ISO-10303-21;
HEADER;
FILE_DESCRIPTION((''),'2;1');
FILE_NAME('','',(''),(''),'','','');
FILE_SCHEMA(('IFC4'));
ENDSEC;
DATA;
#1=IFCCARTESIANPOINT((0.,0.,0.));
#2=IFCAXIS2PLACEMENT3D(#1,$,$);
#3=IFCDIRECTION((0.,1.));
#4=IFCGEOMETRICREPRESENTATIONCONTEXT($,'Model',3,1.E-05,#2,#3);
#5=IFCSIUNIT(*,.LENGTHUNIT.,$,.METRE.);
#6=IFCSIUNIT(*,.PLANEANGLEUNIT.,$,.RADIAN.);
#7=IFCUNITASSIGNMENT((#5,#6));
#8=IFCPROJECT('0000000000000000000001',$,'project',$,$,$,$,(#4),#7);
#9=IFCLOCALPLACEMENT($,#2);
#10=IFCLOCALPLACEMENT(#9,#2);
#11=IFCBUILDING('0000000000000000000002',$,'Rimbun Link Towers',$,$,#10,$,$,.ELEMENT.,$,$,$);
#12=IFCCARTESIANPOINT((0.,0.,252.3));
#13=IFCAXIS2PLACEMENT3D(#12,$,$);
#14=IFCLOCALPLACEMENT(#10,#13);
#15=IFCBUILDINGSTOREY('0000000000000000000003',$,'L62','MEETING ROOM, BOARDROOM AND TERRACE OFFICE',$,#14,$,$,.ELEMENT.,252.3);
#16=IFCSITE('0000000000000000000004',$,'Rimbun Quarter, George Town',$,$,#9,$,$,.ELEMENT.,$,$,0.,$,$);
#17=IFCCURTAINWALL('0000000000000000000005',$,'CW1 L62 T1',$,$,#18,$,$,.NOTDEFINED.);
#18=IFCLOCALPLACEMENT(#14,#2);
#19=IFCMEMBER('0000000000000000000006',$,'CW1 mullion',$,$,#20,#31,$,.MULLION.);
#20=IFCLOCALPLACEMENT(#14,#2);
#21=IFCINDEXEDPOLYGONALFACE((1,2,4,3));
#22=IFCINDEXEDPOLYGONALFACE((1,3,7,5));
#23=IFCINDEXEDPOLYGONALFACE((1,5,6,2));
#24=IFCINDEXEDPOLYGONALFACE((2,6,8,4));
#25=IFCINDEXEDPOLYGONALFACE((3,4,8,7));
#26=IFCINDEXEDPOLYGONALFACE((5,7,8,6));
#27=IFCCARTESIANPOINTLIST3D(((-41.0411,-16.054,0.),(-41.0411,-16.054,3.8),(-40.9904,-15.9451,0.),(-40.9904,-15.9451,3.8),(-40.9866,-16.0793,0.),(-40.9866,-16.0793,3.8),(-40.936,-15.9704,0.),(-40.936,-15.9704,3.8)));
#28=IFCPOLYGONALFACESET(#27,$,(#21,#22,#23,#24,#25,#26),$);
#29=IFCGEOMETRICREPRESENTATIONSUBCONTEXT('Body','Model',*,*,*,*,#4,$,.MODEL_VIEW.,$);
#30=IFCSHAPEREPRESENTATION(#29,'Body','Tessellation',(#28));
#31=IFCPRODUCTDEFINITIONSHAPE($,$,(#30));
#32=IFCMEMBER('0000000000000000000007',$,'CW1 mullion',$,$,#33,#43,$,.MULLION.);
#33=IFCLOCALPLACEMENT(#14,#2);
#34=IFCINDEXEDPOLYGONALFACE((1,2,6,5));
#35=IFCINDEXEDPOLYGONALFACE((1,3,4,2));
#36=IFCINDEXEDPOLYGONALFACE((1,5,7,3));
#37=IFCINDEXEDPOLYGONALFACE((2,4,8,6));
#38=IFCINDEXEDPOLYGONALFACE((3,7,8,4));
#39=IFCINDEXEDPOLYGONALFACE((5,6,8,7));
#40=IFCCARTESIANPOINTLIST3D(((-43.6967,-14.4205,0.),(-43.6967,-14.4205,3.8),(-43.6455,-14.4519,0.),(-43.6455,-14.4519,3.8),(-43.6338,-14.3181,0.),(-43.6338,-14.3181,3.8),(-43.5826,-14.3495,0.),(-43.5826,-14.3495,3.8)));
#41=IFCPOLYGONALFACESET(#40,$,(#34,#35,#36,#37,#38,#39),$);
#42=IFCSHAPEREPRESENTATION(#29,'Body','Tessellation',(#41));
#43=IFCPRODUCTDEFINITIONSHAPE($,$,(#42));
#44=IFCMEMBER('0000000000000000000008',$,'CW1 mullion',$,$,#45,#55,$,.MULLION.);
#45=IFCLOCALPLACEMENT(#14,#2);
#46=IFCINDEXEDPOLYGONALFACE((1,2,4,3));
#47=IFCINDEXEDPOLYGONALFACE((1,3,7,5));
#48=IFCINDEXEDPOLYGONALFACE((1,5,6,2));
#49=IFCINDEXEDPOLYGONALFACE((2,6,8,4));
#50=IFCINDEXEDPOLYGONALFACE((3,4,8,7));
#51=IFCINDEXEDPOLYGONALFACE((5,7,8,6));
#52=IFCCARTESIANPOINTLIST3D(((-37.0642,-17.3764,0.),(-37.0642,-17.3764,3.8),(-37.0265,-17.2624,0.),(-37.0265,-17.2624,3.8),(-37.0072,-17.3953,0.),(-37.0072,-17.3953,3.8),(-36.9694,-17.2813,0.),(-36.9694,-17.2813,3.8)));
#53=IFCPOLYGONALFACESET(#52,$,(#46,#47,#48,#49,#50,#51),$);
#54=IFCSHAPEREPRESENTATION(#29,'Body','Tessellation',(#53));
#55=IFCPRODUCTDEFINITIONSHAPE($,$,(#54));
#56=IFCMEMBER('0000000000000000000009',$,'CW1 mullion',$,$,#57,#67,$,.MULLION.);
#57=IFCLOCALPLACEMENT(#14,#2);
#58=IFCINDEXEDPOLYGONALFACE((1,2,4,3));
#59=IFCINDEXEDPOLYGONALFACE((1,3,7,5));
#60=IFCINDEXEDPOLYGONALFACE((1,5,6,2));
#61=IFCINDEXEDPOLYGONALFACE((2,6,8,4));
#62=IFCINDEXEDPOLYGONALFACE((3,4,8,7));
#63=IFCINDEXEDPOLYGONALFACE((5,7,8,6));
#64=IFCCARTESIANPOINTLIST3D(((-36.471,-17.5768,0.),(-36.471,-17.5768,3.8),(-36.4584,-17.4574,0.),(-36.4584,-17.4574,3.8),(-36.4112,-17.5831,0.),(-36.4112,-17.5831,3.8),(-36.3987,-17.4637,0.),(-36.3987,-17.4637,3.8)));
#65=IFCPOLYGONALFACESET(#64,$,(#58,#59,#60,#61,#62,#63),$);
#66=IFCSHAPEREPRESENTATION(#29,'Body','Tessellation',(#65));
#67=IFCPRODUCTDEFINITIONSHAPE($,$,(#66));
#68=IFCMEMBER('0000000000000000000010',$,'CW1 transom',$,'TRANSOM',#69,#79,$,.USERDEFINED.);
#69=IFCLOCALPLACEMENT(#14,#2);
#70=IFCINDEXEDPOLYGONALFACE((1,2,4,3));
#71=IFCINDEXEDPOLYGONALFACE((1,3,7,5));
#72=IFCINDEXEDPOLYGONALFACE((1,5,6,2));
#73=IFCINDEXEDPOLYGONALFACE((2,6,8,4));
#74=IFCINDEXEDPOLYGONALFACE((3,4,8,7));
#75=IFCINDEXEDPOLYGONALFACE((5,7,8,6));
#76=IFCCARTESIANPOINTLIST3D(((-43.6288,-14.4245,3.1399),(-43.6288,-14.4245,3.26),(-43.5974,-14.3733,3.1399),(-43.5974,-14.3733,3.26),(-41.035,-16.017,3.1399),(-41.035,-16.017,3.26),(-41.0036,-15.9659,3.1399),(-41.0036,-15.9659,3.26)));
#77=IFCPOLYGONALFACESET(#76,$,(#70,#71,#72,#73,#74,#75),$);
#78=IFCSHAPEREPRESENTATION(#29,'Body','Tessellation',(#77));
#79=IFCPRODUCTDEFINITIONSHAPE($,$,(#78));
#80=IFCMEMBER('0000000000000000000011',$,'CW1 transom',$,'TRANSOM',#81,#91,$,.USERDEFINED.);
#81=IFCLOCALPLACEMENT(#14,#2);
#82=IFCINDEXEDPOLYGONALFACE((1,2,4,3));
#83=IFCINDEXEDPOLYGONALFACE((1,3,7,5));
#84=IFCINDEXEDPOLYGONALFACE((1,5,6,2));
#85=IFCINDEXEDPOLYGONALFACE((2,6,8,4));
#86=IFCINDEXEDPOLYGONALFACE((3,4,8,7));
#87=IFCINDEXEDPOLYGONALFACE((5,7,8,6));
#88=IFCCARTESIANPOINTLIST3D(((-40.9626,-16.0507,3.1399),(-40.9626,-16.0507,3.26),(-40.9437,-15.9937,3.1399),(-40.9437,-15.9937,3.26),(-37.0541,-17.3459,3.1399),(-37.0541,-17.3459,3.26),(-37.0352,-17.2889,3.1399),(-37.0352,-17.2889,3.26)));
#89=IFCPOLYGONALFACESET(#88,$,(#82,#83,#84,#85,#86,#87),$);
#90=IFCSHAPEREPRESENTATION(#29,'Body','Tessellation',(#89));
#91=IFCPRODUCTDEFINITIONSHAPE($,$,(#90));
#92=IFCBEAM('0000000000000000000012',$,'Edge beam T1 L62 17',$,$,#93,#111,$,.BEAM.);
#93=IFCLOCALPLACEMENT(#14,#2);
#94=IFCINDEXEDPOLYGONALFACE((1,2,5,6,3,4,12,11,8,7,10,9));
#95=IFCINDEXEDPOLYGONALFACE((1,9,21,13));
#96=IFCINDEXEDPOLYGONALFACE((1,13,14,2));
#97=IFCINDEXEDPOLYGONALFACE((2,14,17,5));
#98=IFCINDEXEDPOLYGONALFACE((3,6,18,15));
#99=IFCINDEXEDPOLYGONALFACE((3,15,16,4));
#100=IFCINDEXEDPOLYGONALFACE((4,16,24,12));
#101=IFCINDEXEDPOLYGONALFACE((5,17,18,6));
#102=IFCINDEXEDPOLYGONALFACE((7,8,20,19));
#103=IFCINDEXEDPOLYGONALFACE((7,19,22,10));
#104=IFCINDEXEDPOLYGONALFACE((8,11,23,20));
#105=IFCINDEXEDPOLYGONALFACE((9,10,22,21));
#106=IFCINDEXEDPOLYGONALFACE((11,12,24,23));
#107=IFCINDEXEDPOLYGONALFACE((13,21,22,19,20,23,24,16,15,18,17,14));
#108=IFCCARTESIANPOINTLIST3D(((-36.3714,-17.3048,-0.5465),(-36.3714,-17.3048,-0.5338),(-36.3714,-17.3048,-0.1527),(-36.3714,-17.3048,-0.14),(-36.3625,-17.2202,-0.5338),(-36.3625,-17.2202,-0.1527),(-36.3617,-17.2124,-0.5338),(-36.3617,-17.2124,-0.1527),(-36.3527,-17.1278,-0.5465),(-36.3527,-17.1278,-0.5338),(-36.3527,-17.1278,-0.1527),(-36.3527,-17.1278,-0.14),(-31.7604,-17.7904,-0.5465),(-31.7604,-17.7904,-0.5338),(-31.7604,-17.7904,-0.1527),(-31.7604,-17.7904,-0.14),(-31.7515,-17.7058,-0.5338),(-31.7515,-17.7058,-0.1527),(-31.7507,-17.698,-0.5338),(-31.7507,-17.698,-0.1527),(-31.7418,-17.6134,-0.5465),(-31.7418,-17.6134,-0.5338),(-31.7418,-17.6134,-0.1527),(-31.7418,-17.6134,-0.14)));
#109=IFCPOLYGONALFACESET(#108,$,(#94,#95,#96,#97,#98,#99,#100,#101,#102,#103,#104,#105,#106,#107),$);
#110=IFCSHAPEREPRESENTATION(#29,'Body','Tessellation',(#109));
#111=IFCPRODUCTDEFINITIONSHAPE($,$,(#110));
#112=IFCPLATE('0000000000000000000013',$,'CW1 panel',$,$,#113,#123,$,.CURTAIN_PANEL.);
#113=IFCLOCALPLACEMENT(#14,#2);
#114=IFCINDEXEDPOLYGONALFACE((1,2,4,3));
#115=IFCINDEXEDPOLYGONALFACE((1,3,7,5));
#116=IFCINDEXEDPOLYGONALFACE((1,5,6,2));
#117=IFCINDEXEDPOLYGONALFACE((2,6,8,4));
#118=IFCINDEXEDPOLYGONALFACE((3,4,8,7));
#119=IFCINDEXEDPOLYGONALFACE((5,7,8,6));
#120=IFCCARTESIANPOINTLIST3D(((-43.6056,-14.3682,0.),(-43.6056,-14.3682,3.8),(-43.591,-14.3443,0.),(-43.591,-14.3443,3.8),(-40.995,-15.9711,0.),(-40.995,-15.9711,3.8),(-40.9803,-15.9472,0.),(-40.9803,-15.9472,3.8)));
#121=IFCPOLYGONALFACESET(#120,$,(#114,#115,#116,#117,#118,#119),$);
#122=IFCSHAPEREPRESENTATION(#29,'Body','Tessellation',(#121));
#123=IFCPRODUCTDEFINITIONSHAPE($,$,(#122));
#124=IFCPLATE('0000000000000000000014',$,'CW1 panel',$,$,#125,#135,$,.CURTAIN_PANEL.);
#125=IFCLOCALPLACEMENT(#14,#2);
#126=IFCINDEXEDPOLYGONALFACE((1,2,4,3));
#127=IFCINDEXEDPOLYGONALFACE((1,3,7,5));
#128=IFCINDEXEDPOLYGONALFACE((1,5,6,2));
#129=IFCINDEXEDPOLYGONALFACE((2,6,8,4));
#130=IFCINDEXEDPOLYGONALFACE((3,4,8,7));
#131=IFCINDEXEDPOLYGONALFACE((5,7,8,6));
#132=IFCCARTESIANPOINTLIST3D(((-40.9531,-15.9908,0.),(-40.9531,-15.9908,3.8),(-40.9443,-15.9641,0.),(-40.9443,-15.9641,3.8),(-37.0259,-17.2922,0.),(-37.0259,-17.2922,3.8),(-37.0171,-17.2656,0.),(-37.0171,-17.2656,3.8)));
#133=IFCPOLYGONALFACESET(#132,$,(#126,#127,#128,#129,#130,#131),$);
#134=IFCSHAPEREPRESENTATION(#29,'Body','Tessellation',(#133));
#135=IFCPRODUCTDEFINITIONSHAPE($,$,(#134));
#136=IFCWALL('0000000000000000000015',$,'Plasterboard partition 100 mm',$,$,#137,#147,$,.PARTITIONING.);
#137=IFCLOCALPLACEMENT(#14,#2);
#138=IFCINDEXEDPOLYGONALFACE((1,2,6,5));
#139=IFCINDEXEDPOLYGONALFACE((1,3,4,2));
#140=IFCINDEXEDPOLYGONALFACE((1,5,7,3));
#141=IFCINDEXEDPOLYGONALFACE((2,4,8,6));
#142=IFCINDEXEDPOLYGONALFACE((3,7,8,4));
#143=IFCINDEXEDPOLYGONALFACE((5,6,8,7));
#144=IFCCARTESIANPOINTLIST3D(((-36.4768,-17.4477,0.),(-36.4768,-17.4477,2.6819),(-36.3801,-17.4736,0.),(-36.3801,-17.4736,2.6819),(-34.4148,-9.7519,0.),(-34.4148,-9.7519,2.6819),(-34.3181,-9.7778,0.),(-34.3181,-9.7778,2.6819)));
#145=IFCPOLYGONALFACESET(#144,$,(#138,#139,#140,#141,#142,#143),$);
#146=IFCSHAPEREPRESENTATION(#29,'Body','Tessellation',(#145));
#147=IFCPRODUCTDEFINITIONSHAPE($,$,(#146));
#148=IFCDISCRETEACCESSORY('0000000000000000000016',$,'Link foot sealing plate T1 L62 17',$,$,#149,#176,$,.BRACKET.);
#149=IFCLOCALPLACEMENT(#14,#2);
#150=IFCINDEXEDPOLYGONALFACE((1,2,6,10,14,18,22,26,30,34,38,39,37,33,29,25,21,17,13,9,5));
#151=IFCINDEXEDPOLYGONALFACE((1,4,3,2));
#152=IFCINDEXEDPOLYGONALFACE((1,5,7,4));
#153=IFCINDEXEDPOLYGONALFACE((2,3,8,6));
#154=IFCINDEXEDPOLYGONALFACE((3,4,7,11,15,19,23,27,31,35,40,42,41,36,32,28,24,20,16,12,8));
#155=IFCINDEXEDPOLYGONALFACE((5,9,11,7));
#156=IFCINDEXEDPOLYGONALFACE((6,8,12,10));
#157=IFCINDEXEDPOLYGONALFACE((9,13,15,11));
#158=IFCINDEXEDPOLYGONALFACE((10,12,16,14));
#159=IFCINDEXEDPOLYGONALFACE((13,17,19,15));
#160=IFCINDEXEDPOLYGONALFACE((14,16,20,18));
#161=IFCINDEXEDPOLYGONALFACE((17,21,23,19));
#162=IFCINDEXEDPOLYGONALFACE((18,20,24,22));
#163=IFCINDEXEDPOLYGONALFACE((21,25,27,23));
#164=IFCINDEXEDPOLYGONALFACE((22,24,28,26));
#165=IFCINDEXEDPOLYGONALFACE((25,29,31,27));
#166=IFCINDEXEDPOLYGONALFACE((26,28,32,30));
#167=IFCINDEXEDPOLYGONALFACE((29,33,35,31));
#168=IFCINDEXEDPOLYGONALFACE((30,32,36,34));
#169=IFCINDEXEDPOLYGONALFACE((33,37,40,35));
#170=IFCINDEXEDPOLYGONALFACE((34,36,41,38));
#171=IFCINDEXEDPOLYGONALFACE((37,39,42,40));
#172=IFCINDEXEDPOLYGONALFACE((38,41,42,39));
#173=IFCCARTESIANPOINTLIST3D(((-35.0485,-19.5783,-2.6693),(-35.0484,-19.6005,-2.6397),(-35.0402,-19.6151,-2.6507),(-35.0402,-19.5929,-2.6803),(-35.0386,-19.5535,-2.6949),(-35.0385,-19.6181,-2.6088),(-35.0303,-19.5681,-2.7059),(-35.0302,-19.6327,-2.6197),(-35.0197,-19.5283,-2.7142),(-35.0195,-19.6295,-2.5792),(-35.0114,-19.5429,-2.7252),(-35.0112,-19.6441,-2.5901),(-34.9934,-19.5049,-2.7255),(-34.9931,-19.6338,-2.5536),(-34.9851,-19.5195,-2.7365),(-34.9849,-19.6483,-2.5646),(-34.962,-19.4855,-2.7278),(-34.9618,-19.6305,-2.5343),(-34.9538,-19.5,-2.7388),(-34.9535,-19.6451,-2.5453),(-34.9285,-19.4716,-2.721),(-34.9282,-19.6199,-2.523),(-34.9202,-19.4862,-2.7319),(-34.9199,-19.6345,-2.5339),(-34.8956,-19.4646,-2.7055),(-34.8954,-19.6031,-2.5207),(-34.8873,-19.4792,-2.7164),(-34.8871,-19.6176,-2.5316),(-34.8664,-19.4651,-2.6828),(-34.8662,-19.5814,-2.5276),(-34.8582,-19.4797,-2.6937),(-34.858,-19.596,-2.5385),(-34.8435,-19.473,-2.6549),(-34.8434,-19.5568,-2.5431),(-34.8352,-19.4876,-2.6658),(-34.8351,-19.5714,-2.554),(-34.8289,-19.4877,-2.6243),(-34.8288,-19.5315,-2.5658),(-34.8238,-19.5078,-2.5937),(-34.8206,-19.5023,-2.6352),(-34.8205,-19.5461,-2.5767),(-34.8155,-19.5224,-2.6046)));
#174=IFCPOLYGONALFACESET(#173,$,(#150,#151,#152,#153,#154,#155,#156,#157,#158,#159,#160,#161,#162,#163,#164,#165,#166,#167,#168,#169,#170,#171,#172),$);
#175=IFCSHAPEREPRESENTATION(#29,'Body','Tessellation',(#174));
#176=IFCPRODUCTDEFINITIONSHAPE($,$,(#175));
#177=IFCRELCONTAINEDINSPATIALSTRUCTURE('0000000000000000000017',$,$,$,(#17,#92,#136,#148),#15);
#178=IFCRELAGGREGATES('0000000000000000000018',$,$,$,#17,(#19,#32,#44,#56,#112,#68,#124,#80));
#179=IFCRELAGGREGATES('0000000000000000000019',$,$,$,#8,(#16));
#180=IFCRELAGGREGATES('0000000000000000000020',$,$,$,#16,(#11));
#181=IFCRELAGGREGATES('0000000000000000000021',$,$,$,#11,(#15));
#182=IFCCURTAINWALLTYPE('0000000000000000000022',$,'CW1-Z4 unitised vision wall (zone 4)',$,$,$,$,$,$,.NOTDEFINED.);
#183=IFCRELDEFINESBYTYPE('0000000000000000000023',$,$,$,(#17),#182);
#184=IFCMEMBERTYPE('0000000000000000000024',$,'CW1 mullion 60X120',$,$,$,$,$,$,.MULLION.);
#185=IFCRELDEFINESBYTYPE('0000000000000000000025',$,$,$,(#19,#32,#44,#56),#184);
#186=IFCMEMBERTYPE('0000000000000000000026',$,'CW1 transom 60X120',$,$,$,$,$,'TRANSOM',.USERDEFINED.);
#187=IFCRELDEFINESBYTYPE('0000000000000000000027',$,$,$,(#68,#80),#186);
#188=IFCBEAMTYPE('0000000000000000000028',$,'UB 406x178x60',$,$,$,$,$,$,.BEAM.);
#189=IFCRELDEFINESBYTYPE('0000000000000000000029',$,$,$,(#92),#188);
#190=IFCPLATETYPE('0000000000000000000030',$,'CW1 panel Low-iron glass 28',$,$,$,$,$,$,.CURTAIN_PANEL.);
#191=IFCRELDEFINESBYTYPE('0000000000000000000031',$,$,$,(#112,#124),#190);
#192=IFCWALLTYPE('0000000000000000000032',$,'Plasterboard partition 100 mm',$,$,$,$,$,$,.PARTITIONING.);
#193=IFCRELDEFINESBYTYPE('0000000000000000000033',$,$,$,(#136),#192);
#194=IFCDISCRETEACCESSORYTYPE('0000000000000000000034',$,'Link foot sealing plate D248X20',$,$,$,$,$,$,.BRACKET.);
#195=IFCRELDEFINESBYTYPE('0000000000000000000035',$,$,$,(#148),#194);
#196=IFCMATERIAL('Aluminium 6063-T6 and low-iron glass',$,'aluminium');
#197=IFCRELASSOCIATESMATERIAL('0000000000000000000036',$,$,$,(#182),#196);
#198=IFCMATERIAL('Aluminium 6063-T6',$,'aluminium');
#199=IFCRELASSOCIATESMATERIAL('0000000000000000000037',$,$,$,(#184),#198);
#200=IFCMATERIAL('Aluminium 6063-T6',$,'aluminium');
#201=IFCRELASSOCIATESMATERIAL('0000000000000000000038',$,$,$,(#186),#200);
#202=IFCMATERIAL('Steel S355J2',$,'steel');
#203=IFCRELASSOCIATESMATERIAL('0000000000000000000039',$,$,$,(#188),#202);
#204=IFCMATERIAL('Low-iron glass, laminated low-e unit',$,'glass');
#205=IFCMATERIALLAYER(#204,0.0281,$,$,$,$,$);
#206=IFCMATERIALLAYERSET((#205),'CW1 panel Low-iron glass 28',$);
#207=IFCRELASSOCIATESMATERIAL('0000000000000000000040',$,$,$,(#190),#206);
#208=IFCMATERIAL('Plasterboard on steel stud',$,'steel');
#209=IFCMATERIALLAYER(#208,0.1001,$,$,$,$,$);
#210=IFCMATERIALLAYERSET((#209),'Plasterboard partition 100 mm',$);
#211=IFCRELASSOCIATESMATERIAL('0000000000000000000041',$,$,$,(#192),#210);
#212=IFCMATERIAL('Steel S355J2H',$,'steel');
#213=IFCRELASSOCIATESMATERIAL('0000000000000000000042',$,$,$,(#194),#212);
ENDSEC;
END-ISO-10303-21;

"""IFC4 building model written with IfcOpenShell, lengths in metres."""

from ifc_helpers import new_model, si_unit, direction, frame, frame_2d, origin, origin_2d, place, context, subcontext, project, spatial, rectangle, circle, i_section, extrude, material, layer, layer_set, material_profile, profile_set, type_object, element, aggregate, save


model = new_model("IFC4")

# Units and contexts
model_context = context("Model", 3, precision=1e-05, world=origin(), true_north=direction((0.0, 1.0)))
body_context = subcontext(model_context, "Body", "Model", "MODEL_VIEW")
ifc_project = project(units=[si_unit("LENGTHUNIT", "METRE"), si_unit("PLANEANGLEUNIT", "RADIAN")], contexts=[model_context])

# Site, building, storey
site_placement = place(None, origin())
site = spatial("IfcSite", under=ifc_project, at=site_placement, Name="Rimbun Quarter, George Town", CompositionType="ELEMENT", RefElevation=0.0)
building_placement = place(site_placement, origin())
building = spatial("IfcBuilding", under=site, at=building_placement, Name="Rimbun Link Towers", CompositionType="ELEMENT")
storey_placement = place(building_placement, frame((0.0, 0.0, 252.3)))
storey = spatial("IfcBuildingStorey", under=building, at=storey_placement, Name="L62", Description="MEETING ROOM, BOARDROOM AND TERRACE OFFICE", CompositionType="ELEMENT", Elevation=252.3)

# Curtain wall, members
ifc_material_1 = material(Name="Aluminium 6063-T6 and low-iron glass", Category="aluminium")
curtain_wall_type = type_object("IfcCurtainWallType", Name="CW1-Z4 unitised vision wall (zone 4)", PredefinedType="NOTDEFINED", material=ifc_material_1)
curtain_wall_placement = place(storey_placement, origin())
curtain_wall = element("IfcCurtainWall", 1, at=curtain_wall_placement, inside=storey, type_object=curtain_wall_type, Name="CW1 L62 T1", PredefinedType="NOTDEFINED")
ifc_material_2 = material(Name="Aluminium 6063-T6", Category="aluminium")
ifc_material_profile_1 = material_profile(ifc_material_2, rectangle(XDim=0.1201, YDim=0.0601, at=origin_2d()), Name="MULLION 60X120")
ifc_profile_set_1 = profile_set([ifc_material_profile_1], Name="Aluminium 6063-T6")
member_type_1 = type_object("IfcMemberType", Name="CW1 mullion 60X120", PredefinedType="MULLION", material=ifc_profile_set_1)
member_1_placement = place(storey_placement, frame((-40.9885, -16.0122, 0.0), z_axis=(0.0, 0.0, 1.0), x_axis=(-0.4217, -0.906735, 0.0)))
member_1 = element("IfcMember", 2, at=member_1_placement, type_object=member_type_1, Name="CW1 mullion", PredefinedType="MULLION", context=body_context, shape_type="SweptSolid", body=[
    extrude(rectangle(XDim=0.1201, YDim=0.0601, at=origin_2d()), origin(), (0.0, 0.0, 1.0), 3.8),
])
member_2_placement = place(storey_placement, frame((-43.6396, -14.385, 0.0), z_axis=(0.0, 0.0, 1.0), x_axis=(-0.523229, -0.852192, 0.0)))
member_2 = element("IfcMember", 3, at=member_2_placement, type_object=member_type_1, Name="CW1 mullion", PredefinedType="MULLION", context=body_context, shape_type="SweptSolid", body=[
    extrude(rectangle(XDim=0.1201, YDim=0.0601, at=origin_2d()), origin(), (0.0, 0.0, 1.0), 3.8),
])
member_3_placement = place(storey_placement, frame((-37.0168, -17.3289, 0.0), z_axis=(0.0, 0.0, 1.0), x_axis=(-0.314569, -0.949234, 0.0)))
member_3 = element("IfcMember", 4, at=member_3_placement, type_object=member_type_1, Name="CW1 mullion", PredefinedType="MULLION", context=body_context, shape_type="SweptSolid", body=[
    extrude(rectangle(XDim=0.1201, YDim=0.0601, at=origin_2d()), origin(), (0.0, 0.0, 1.0), 3.8),
])
member_4_placement = place(storey_placement, frame((-36.4348, -17.5203, 0.0), z_axis=(0.0, 0.0, 1.0), x_axis=(-0.104732, -0.9945, 0.0)))
member_4 = element("IfcMember", 5, at=member_4_placement, type_object=member_type_1, Name="CW1 mullion", PredefinedType="MULLION", context=body_context, shape_type="SweptSolid", body=[
    extrude(rectangle(XDim=0.1201, YDim=0.0601, at=origin_2d()), origin(), (0.0, 0.0, 1.0), 3.8),
])
ifc_material_3 = material(Name="Aluminium 6063-T6", Category="aluminium")
ifc_material_profile_2 = material_profile(ifc_material_3, rectangle(XDim=0.0601, YDim=0.1201, at=origin_2d()), Name="TRANSOM 60X120")
ifc_profile_set_2 = profile_set([ifc_material_profile_2], Name="Aluminium 6063-T6")
member_type_2 = type_object("IfcMemberType", Name="CW1 transom 60X120", ElementType="TRANSOM", PredefinedType="USERDEFINED", material=ifc_profile_set_2)
member_5_placement = place(storey_placement, frame((-41.0193, -15.9915, 3.2), z_axis=(-0.852189, 0.523233, 0.0), x_axis=(-0.523233, -0.852189, 0.0)))
member_5 = element("IfcMember", 6, at=member_5_placement, type_object=member_type_2, Name="CW1 transom", ObjectType="TRANSOM", PredefinedType="USERDEFINED", context=body_context, shape_type="SweptSolid", body=[
    extrude(rectangle(XDim=0.0601, YDim=0.1201, at=origin_2d()), origin(), (0.0, 0.0, 1.0), 3.0437),
])
member_6_placement = place(storey_placement, frame((-37.0447, -17.3174, 3.2), z_axis=(-0.949239, 0.314555, 0.0), x_axis=(-0.314555, -0.949239, 0.0)))
member_6 = element("IfcMember", 7, at=member_6_placement, type_object=member_type_2, Name="CW1 transom", ObjectType="TRANSOM", PredefinedType="USERDEFINED", context=body_context, shape_type="SweptSolid", body=[
    extrude(rectangle(XDim=0.0601, YDim=0.1201, at=origin_2d()), origin(), (0.0, 0.0, 1.0), 4.1174),
])

# Beam
ifc_material_4 = material(Name="Steel S355J2", Category="steel")
ifc_material_profile_3 = material_profile(ifc_material_4, i_section(OverallWidth=0.178, OverallDepth=0.4065, WebThickness=0.0078, FlangeThickness=0.0127, at=origin_2d()), Name="UB 406x178x60")
ifc_profile_set_3 = profile_set([ifc_material_profile_3], Name="Steel S355J2")
beam_type = type_object("IfcBeamType", Name="UB 406x178x60", PredefinedType="BEAM", material=ifc_profile_set_3)
beam_placement = place(storey_placement, frame((-36.3621, -17.2163, -0.3433), z_axis=(0.994501, -0.104731, 0.0), x_axis=(0.104731, 0.994501, 0.0)))
element("IfcBeam", 8, at=beam_placement, inside=storey, type_object=beam_type, Name="Edge beam T1 L62 17", PredefinedType="BEAM", context=body_context, shape_type="SweptSolid", body=[
    extrude(i_section(OverallWidth=0.178, OverallDepth=0.4065, WebThickness=0.0078, FlangeThickness=0.0127, at=origin_2d()), origin(), (0.0, 0.0, 1.0), 4.6365),
])

# Plates
ifc_material_5 = material(Name="Low-iron glass, laminated low-e unit", Category="glass")
ifc_layer_1 = layer(ifc_material_5, 0.0281)
ifc_layer_set_1 = layer_set([ifc_layer_1], Name="CW1 panel Low-iron glass 28")
plate_type = type_object("IfcPlateType", Name="CW1 panel Low-iron glass 28", PredefinedType="CURTAIN_PANEL", material=ifc_layer_set_1)
plate_1_placement = place(storey_placement, frame((-42.293, -15.1577, 0.0), z_axis=(0.0, 0.0, 1.0), x_axis=(-0.852192, 0.523229, 0.0)))
plate_1 = element("IfcPlate", 9, at=plate_1_placement, type_object=plate_type, Name="CW1 panel", PredefinedType="CURTAIN_PANEL", context=body_context, shape_type="SweptSolid", body=[
    extrude(rectangle(XDim=3.0635, YDim=0.0281, at=origin_2d()), origin(), (0.0, 0.0, 1.0), 3.8),
])
plate_2_placement = place(storey_placement, frame((-38.9851, -16.6282, 0.0), z_axis=(0.0, 0.0, 1.0), x_axis=(-0.949234, 0.314569, 0.0)))
plate_2 = element("IfcPlate", 10, at=plate_2_placement, type_object=plate_type, Name="CW1 panel", PredefinedType="CURTAIN_PANEL", context=body_context, shape_type="SweptSolid", body=[
    extrude(rectangle(XDim=4.1372, YDim=0.0281, at=origin_2d()), origin(), (0.0, 0.0, 1.0), 3.8),
])
aggregate(curtain_wall, [member_1, member_2, member_3, member_4, plate_1, member_5, plate_2, member_6])

# Wall
ifc_material_6 = material(Name="Plasterboard on steel stud", Category="steel")
ifc_layer_2 = layer(ifc_material_6, 0.1001)
ifc_layer_set_2 = layer_set([ifc_layer_2], Name="Plasterboard partition 100 mm")
wall_type = type_object("IfcWallType", Name="Plasterboard partition 100 mm", PredefinedType="PARTITIONING", material=ifc_layer_set_2)
wall_placement = place(storey_placement, frame((-36.4285, -17.4607, 0.0), z_axis=(0.0, 0.0, 1.0), x_axis=(0.258811, 0.965928, 0.0)))
element("IfcWall", 11, at=wall_placement, inside=storey, type_object=wall_type, Name="Plasterboard partition 100 mm", PredefinedType="PARTITIONING", context=body_context, shape_type="SweptSolid", body=[
    extrude(rectangle(XDim=7.9673, YDim=0.1001, at=frame_2d((3.9836, 0.0))), origin(), (0.0, 0.0, 1.0), 2.6819),
])

# Discrete accessory
ifc_material_7 = material(Name="Steel S355J2H", Category="steel")
ifc_material_profile_4 = material_profile(ifc_material_7, circle(Radius=0.124, at=origin_2d()), Name="PL D248")
ifc_profile_set_4 = profile_set([ifc_material_profile_4], Name="Steel S355J2H")
discrete_accessory_type = type_object("IfcDiscreteAccessoryType", Name="Link foot sealing plate D248X20", PredefinedType="BRACKET", material=ifc_profile_set_4)
for number, where, z_axis, x_axis, name in (
    (12, (-34.9368, -19.5488, -2.6243), (0.412888, -0.728626, -0.546469), (0.870022, 0.493013, 0.0), "Link foot sealing plate T1 L62 17"),
):
    element("IfcDiscreteAccessory", number, at=place(storey_placement, frame(where, z_axis=z_axis, x_axis=x_axis)), inside=storey, type_object=discrete_accessory_type, Name=name, PredefinedType="BRACKET", context=body_context, shape_type="SweptSolid", body=[
        extrude(circle(Radius=0.124, at=origin_2d()), origin(), (0.0, 0.0, 1.0), 0.02),
    ])

save(model, "model.ifc")
